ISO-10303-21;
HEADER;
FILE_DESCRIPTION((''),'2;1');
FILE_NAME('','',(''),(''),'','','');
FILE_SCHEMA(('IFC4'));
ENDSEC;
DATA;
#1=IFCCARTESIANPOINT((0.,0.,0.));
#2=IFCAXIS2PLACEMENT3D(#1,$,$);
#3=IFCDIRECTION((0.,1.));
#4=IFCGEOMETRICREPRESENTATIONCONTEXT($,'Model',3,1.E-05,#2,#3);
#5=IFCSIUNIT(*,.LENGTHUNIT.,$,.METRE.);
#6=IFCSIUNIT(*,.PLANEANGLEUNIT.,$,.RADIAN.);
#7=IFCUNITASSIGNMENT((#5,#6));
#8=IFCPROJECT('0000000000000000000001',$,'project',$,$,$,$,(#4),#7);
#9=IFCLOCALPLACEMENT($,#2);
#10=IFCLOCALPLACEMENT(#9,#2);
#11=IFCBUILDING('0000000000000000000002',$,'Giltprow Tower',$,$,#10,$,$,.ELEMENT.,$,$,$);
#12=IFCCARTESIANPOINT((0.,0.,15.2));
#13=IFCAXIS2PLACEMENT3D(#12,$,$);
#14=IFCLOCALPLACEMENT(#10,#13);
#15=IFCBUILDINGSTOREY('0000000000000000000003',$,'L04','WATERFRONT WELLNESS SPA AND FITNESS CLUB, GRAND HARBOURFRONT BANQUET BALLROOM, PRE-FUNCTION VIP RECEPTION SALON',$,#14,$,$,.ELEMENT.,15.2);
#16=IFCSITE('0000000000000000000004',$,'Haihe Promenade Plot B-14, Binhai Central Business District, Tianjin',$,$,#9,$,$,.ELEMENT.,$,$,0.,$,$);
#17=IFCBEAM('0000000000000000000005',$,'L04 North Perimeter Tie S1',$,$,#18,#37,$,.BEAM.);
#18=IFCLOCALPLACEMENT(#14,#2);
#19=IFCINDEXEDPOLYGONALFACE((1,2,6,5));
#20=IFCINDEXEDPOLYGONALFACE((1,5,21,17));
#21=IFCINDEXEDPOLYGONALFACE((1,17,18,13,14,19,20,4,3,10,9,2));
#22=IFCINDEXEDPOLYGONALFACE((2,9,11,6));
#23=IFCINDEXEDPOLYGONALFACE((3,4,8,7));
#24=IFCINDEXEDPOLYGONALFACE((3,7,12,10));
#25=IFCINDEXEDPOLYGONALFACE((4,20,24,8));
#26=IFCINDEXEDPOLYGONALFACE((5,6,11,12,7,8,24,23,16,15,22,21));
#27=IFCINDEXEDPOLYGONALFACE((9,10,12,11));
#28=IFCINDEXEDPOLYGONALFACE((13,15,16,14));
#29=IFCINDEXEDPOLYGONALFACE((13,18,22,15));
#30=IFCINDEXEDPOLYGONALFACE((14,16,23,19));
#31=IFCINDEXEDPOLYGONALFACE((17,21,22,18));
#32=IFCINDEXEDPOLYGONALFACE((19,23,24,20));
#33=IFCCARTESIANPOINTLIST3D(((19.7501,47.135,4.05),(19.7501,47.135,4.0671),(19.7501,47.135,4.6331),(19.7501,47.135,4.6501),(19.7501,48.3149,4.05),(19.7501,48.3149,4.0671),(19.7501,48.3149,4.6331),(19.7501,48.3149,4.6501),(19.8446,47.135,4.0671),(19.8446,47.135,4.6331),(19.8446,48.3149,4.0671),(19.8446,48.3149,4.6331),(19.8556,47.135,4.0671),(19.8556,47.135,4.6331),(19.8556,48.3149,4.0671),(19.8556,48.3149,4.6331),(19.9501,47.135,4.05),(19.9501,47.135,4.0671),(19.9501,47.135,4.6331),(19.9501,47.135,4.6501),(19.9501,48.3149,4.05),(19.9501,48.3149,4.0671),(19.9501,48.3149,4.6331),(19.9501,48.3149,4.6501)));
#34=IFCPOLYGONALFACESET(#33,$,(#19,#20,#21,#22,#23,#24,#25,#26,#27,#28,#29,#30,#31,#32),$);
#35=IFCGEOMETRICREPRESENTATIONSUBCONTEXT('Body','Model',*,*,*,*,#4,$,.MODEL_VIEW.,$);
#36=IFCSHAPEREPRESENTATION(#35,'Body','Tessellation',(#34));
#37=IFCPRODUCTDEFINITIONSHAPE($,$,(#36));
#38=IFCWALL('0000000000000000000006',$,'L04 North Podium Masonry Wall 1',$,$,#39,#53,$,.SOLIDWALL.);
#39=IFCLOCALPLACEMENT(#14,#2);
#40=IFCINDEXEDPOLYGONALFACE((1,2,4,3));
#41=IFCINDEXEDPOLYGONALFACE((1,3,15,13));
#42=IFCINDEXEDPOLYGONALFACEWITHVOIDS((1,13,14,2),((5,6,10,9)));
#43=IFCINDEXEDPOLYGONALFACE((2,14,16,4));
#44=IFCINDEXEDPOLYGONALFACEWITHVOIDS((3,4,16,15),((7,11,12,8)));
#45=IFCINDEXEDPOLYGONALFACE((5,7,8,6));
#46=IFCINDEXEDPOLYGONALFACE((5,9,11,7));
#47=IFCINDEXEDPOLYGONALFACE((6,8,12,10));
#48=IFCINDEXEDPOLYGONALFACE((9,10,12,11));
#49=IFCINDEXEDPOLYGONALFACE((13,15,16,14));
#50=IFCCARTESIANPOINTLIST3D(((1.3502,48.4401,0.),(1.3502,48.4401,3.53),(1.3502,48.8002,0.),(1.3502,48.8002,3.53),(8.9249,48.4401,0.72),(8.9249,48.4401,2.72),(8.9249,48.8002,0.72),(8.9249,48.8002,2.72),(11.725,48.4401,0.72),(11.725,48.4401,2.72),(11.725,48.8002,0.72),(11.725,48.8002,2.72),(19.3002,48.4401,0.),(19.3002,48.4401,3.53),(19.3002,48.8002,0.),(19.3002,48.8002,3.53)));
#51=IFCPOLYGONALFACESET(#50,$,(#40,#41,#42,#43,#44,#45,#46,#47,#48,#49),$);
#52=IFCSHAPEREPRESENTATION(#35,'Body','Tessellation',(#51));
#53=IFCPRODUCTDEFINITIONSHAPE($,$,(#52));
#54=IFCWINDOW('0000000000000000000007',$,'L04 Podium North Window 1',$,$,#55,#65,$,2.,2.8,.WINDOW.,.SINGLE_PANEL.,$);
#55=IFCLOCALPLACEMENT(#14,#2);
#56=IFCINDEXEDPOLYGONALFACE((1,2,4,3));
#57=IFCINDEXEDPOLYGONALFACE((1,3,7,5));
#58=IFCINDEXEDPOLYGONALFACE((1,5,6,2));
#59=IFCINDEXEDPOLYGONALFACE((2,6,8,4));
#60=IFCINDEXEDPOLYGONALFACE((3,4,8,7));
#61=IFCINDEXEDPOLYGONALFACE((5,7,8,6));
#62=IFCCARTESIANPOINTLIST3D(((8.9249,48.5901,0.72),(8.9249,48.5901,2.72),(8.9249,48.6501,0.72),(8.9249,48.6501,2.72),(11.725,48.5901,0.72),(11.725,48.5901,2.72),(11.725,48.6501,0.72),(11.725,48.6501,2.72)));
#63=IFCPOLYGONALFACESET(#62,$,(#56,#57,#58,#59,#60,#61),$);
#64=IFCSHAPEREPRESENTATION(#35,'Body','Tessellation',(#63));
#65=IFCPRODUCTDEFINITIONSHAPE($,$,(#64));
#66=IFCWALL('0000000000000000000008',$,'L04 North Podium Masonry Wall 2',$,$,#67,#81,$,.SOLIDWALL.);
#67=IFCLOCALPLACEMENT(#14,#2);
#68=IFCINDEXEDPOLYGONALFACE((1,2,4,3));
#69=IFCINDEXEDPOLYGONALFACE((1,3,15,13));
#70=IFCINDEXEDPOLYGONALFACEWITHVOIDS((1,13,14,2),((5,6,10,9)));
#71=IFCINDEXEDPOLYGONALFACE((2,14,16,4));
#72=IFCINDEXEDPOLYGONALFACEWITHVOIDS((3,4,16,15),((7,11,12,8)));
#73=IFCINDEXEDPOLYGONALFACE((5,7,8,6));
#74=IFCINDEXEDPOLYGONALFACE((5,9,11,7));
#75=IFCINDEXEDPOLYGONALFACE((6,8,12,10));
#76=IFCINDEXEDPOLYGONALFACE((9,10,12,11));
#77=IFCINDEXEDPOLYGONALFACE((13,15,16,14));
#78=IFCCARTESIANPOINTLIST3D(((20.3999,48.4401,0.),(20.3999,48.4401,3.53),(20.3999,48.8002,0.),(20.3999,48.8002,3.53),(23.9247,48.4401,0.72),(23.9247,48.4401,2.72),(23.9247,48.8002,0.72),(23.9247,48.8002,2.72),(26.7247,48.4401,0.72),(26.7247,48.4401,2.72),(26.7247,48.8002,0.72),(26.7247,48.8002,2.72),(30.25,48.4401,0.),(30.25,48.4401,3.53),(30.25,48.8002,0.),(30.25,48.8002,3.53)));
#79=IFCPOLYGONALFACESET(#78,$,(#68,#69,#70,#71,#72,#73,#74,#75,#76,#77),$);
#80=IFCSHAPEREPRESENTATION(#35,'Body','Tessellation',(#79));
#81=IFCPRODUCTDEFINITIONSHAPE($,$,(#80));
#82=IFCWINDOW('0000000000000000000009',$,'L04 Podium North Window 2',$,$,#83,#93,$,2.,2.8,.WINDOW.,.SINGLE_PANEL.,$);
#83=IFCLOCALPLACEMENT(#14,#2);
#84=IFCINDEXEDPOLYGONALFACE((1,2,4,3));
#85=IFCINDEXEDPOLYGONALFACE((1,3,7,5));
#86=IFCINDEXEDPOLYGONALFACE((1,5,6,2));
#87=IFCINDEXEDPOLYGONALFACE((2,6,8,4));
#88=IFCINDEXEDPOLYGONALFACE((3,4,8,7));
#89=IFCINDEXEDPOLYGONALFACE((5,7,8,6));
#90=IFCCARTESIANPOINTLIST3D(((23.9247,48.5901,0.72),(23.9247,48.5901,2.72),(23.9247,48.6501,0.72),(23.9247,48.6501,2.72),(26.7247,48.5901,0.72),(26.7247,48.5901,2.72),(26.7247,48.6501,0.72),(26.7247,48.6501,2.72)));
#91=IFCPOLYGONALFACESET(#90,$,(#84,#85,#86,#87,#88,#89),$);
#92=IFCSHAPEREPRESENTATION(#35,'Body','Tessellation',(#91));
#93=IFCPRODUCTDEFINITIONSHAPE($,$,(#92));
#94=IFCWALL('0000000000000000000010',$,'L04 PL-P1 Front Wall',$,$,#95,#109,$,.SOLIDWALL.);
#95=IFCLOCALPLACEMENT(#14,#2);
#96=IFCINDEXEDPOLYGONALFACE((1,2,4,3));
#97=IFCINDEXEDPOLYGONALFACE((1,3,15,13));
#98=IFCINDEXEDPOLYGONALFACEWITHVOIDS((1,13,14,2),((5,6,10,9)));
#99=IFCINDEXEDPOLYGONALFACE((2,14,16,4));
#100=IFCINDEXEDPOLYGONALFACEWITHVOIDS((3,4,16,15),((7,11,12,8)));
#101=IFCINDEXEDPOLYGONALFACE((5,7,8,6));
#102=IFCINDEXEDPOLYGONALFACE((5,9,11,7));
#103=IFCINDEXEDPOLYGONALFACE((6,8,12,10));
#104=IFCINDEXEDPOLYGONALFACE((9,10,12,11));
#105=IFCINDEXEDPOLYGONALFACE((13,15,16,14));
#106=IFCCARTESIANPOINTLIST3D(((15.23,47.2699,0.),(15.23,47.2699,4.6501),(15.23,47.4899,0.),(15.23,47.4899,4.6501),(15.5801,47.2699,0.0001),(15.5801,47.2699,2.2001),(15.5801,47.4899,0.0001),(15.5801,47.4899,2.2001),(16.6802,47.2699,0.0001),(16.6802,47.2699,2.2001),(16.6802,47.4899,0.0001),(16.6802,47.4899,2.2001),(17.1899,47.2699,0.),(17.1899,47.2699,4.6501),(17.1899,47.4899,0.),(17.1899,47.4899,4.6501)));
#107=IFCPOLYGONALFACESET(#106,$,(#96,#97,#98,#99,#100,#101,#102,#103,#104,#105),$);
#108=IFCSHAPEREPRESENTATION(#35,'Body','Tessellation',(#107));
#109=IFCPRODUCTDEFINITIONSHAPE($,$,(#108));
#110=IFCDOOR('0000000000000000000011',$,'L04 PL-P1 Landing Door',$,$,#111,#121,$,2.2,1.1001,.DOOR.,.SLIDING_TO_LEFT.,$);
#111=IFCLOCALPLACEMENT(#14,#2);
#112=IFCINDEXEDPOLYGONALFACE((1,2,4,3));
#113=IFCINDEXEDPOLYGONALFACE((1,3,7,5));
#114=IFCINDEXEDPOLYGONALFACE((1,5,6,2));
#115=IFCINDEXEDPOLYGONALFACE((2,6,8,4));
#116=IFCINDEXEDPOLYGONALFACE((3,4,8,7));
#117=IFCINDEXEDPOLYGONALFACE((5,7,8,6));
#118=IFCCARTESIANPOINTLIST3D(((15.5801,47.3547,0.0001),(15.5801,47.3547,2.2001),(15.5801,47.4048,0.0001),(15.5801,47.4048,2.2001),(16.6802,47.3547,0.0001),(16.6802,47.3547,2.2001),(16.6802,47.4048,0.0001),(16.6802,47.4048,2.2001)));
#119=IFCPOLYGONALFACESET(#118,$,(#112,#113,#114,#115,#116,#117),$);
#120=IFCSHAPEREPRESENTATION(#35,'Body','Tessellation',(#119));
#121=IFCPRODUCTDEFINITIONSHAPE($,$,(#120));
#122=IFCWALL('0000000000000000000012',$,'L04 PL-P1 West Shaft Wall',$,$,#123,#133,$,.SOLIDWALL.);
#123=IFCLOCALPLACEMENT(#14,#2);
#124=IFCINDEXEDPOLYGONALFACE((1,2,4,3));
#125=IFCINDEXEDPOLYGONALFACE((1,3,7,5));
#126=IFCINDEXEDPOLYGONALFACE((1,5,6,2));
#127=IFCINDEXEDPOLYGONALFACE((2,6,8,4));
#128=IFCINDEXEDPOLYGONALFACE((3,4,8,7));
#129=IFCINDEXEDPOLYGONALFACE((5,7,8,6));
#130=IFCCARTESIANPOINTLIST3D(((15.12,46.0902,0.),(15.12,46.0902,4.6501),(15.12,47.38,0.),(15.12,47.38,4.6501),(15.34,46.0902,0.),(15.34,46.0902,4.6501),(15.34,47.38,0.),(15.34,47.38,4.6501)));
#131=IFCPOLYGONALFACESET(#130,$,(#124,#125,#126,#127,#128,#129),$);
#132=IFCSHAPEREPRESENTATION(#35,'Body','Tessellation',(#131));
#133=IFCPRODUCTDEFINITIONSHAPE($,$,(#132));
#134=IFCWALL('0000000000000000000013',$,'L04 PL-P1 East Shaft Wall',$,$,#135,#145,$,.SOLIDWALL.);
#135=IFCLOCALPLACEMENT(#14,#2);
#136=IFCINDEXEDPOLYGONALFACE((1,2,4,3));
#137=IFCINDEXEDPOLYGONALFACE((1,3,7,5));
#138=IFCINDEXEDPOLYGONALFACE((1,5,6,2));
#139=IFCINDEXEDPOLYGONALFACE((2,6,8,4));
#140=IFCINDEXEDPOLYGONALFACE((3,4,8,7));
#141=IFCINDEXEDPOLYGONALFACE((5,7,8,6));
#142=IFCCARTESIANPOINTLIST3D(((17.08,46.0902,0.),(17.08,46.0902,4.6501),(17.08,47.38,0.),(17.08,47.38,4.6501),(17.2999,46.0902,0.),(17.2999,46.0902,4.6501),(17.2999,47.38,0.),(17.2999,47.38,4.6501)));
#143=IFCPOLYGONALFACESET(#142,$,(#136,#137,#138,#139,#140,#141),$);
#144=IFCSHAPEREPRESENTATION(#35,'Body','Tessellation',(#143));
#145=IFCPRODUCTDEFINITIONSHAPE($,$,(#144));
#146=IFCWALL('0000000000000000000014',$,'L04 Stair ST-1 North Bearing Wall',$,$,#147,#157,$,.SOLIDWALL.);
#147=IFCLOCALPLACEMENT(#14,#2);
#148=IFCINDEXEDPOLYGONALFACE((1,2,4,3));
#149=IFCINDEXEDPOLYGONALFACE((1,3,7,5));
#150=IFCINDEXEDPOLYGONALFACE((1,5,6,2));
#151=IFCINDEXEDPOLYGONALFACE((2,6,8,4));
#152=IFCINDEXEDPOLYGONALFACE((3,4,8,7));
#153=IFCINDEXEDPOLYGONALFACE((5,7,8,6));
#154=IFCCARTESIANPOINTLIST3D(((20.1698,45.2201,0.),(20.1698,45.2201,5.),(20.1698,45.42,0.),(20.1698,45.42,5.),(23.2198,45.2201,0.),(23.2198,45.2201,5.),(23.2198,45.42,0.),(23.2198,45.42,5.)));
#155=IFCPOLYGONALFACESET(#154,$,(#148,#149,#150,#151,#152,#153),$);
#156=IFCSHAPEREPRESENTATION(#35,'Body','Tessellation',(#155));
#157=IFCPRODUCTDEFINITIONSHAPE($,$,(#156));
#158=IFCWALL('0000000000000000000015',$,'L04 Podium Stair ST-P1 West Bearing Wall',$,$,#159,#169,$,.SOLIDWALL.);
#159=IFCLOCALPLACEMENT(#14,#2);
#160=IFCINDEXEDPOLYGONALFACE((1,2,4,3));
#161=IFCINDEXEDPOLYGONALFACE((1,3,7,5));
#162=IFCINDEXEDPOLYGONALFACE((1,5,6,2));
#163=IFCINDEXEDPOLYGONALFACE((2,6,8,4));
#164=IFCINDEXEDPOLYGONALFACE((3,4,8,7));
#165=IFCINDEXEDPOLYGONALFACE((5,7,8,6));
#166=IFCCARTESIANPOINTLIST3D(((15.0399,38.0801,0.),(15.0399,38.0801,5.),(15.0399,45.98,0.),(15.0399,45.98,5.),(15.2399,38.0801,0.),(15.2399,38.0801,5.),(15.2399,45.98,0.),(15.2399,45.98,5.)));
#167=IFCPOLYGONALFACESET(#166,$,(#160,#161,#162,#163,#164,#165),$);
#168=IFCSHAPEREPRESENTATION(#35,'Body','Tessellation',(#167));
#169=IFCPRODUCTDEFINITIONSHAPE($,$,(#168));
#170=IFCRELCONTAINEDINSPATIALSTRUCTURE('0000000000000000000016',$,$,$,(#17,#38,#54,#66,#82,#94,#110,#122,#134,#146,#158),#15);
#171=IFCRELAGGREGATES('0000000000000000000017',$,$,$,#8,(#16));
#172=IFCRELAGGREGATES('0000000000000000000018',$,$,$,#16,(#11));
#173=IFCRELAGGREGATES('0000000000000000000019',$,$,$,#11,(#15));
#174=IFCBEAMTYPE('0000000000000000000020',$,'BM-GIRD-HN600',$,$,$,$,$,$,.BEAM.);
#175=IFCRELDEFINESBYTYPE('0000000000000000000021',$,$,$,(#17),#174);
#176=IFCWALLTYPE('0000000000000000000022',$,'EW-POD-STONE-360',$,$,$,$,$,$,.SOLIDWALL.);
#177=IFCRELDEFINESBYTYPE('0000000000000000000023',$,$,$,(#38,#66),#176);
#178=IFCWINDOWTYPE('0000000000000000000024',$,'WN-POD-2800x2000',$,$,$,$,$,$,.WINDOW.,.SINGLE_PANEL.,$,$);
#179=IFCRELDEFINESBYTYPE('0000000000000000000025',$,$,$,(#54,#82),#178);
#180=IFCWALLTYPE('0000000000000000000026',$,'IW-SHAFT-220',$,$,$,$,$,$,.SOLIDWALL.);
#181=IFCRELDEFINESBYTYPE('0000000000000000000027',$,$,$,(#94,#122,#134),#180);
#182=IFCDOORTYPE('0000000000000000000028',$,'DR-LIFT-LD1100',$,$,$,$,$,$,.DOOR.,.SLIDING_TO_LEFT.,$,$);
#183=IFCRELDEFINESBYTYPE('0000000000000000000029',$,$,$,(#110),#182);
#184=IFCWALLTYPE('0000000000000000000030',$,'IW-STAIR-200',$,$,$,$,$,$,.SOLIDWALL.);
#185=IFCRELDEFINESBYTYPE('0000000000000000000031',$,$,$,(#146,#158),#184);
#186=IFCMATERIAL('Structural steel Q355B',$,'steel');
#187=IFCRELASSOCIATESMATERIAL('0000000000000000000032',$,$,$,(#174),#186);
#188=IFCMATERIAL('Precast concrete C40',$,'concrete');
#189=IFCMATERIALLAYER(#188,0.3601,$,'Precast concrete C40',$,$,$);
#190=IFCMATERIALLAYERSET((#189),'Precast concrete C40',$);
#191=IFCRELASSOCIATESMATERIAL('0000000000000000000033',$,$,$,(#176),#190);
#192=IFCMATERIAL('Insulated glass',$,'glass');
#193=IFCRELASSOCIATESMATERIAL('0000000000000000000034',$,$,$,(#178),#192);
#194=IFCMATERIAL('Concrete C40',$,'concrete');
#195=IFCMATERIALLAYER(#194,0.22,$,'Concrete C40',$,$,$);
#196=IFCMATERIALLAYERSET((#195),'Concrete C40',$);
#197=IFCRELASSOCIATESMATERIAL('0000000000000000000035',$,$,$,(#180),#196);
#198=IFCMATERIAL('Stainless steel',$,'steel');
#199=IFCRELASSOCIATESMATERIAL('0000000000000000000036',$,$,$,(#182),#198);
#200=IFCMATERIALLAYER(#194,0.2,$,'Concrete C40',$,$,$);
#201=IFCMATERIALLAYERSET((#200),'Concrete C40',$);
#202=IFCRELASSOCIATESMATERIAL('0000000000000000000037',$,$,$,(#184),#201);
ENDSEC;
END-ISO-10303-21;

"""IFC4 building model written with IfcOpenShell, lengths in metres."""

from ifc_helpers import new_model, si_unit, direction, frame, frame_2d, origin, origin_2d, place, context, subcontext, project, spatial, rectangle, i_section, extrude, source, transform, mapped, material, layer, layer_set, material_profile, profile_set, type_object, element, fill, save


model = new_model("IFC4")

# Units and contexts
model_context = context("Model", 3, precision=1e-05, world=origin(), true_north=direction((0.0, 1.0)))
body_context = subcontext(model_context, "Body", "Model", "MODEL_VIEW")
ifc_project = project(units=[si_unit("LENGTHUNIT", "METRE"), si_unit("PLANEANGLEUNIT", "RADIAN")], contexts=[model_context])

# Site, building, storey
site_placement = place(None, origin())
site = spatial("IfcSite", under=ifc_project, at=site_placement, Name="Haihe Promenade Plot B-14, Binhai Central Business District, Tianjin", CompositionType="ELEMENT", RefElevation=0.0)
building_placement = place(site_placement, origin())
building = spatial("IfcBuilding", under=site, at=building_placement, Name="Giltprow Tower", CompositionType="ELEMENT")
storey_placement = place(building_placement, frame((0.0, 0.0, 15.2)))
storey = spatial("IfcBuildingStorey", under=building, at=storey_placement, Name="L04", Description="WATERFRONT WELLNESS SPA AND FITNESS CLUB, GRAND HARBOURFRONT BANQUET BALLROOM, PRE-FUNCTION VIP RECEPTION SALON", CompositionType="ELEMENT", Elevation=15.2)

# Beam
ifc_material_1 = material(Name="Structural steel Q355B", Category="steel")
ifc_material_profile_1 = material_profile(ifc_material_1, i_section(OverallWidth=0.2, OverallDepth=0.6001, WebThickness=0.011, FlangeThickness=0.0171, at=origin_2d()), Name="HN 600x200x11x17")
ifc_profile_set_1 = profile_set([ifc_material_profile_1], Name="Structural steel Q355B")
beam_type_1 = type_object("IfcBeamType", Name="BM-GIRD-HN600", PredefinedType="BEAM", material=ifc_profile_set_1)
shared_shape_1 = source(origin(), body_context, "Body", "SweptSolid", [
    extrude(i_section(OverallWidth=0.2, OverallDepth=0.6001, WebThickness=0.011, FlangeThickness=0.0171, at=origin_2d()), origin(), (0.0, 0.0, 1.0), 1.1799),
])
beam_1_placement = place(storey_placement, frame((19.8501, 47.135, 4.3501), z_axis=(0.0, 1.0, 0.0), x_axis=(-1.0, 0.0, 0.0)))
element("IfcBeam", 1, at=beam_1_placement, inside=storey, type_object=beam_type_1, Name="L04 North Perimeter Tie S1", PredefinedType="BEAM", context=body_context, shape_type="MappedRepresentation", body=[
    mapped(shared_shape_1, transform((0.0, 0.0, 0.0), x_axis=(1.0, 0.0, 0.0), y_axis=(0.0, 1.0, 0.0), z_axis=(0.0, 0.0, 1.0), scale=1.0)),
])

# Walls, openings, windows
ifc_material_2 = material(Name="Precast concrete C40", Category="concrete")
ifc_layer_1 = layer(ifc_material_2, 0.3601, Name="Precast concrete C40")
ifc_layer_set_1 = layer_set([ifc_layer_1], Name="Precast concrete C40")
wall_type_1 = type_object("IfcWallType", Name="EW-POD-STONE-360", PredefinedType="SOLIDWALL", material=ifc_layer_set_1)
wall_1_placement = place(storey_placement, frame((1.3501, 48.6201, 0.0), z_axis=(0.0, 0.0, 1.0), x_axis=(1.0, 0.0, 0.0)))
wall_1 = element("IfcWall", 2, at=wall_1_placement, inside=storey, type_object=wall_type_1, Name="L04 North Podium Masonry Wall 1", PredefinedType="SOLIDWALL", context=body_context, shape_type="SweptSolid", body=[
    extrude(rectangle(XDim=17.95, YDim=0.3601, at=frame_2d((8.9751, 0.0))), origin(), (0.0, 0.0, 1.0), 3.53),
])
opening_1_placement = place(wall_1_placement, frame((7.575, 0.0, 0.72)))
opening_1 = element("IfcOpeningElement", 3, at=opening_1_placement, cuts=wall_1, PredefinedType="OPENING", context=body_context, shape_type="SweptSolid", body=[
    extrude(rectangle(XDim=2.8, YDim=2.0, at=frame_2d((1.3999, 1.0))), frame((0.0, 0.1899, 0.0), z_axis=(0.0, -1.0, 0.0), x_axis=(1.0, 0.0, 0.0)), (0.0, 0.0, 1.0), 0.3801),
])
ifc_material_3 = material(Name="Insulated glass", Category="glass")
window_type = type_object("IfcWindowType", Name="WN-POD-2800x2000", PartitioningType="SINGLE_PANEL", PredefinedType="WINDOW", material=ifc_material_3)
shared_shape_2 = source(origin(), body_context, "Body", "SweptSolid", [
    extrude(rectangle(XDim=2.8, YDim=2.0, at=frame_2d((1.3999, 1.0))), frame((0.0, 0.03, 0.0), z_axis=(0.0, -1.0, 0.0), x_axis=(1.0, 0.0, 0.0)), (0.0, 0.0, 1.0), 0.0601),
])
window_1_placement = place(opening_1_placement, origin())
window_1 = element("IfcWindow", 4, at=window_1_placement, inside=storey, type_object=window_type, Name="L04 Podium North Window 1", OverallHeight=2.0, OverallWidth=2.8, PartitioningType="SINGLE_PANEL", PredefinedType="WINDOW", context=body_context, shape_type="MappedRepresentation", body=[
    mapped(shared_shape_2, transform((0.0, 0.0, 0.0), x_axis=(1.0, 0.0, 0.0), y_axis=(0.0, 1.0, 0.0), z_axis=(0.0, 0.0, 1.0), scale=1.0)),
])
fill(opening_1, window_1)
wall_2_placement = place(storey_placement, frame((20.3999, 48.6201, 0.0), z_axis=(0.0, 0.0, 1.0), x_axis=(1.0, 0.0, 0.0)))
wall_2 = element("IfcWall", 5, at=wall_2_placement, inside=storey, type_object=wall_type_1, Name="L04 North Podium Masonry Wall 2", PredefinedType="SOLIDWALL", context=body_context, shape_type="SweptSolid", body=[
    extrude(rectangle(XDim=9.8501, YDim=0.3601, at=frame_2d((4.925, 0.0))), origin(), (0.0, 0.0, 1.0), 3.53),
])
opening_2_placement = place(wall_2_placement, frame((3.5249, 0.0, 0.72)))
opening_2 = element("IfcOpeningElement", 6, at=opening_2_placement, cuts=wall_2, PredefinedType="OPENING", context=body_context, shape_type="SweptSolid", body=[
    extrude(rectangle(XDim=2.8, YDim=2.0, at=frame_2d((1.3999, 1.0))), frame((0.0, 0.1899, 0.0), z_axis=(0.0, -1.0, 0.0), x_axis=(1.0, 0.0, 0.0)), (0.0, 0.0, 1.0), 0.3801),
])
window_2_placement = place(opening_2_placement, origin())
window_2 = element("IfcWindow", 7, at=window_2_placement, inside=storey, type_object=window_type, Name="L04 Podium North Window 2", OverallHeight=2.0, OverallWidth=2.8, PartitioningType="SINGLE_PANEL", PredefinedType="WINDOW", context=body_context, shape_type="MappedRepresentation", body=[
    mapped(shared_shape_2, transform((0.0, 0.0, 0.0), x_axis=(1.0, 0.0, 0.0), y_axis=(0.0, 1.0, 0.0), z_axis=(0.0, 0.0, 1.0), scale=1.0)),
])
fill(opening_2, window_2)

# Wall, opening, door
ifc_material_4 = material(Name="Concrete C40", Category="concrete")
ifc_layer_2 = layer(ifc_material_4, 0.22, Name="Concrete C40")
ifc_layer_set_2 = layer_set([ifc_layer_2], Name="Concrete C40")
wall_type_2 = type_object("IfcWallType", Name="IW-SHAFT-220", PredefinedType="SOLIDWALL", material=ifc_layer_set_2)
wall_3_placement = place(storey_placement, frame((15.23, 47.3799, 0.0), z_axis=(0.0, 0.0, 1.0), x_axis=(1.0, 0.0, 0.0)))
wall_3 = element("IfcWall", 8, at=wall_3_placement, inside=storey, type_object=wall_type_2, Name="L04 PL-P1 Front Wall", PredefinedType="SOLIDWALL", context=body_context, shape_type="SweptSolid", body=[
    extrude(rectangle(XDim=1.96, YDim=0.22, at=frame_2d((0.98, 0.0))), origin(), (0.0, 0.0, 1.0), 4.6501),
])
opening_3_placement = place(wall_3_placement, frame((0.3501, 0.0, 0.0)))
opening_3 = element("IfcOpeningElement", 9, at=opening_3_placement, cuts=wall_3, PredefinedType="OPENING", context=body_context, shape_type="SweptSolid", body=[
    extrude(rectangle(XDim=1.1001, YDim=2.2, at=frame_2d((0.55, 1.1001))), frame((0.0, 0.1199, 0.0), z_axis=(0.0, -1.0, 0.0), x_axis=(1.0, 0.0, 0.0)), (0.0, 0.0, 1.0), 0.24),
])
ifc_material_5 = material(Name="Stainless steel", Category="steel")
door_type_1 = type_object("IfcDoorType", Name="DR-LIFT-LD1100", OperationType="SLIDING_TO_LEFT", PredefinedType="DOOR", material=ifc_material_5)
shared_shape_3 = source(origin(), body_context, "Body", "SweptSolid", [
    extrude(rectangle(XDim=1.1001, YDim=2.2, at=frame_2d((0.55, 1.1001))), frame((0.0, 0.0249, 0.0), z_axis=(0.0, -1.0, 0.0), x_axis=(1.0, 0.0, 0.0)), (0.0, 0.0, 1.0), 0.05),
])
door_1_placement = place(opening_3_placement, origin())
door_1 = element("IfcDoor", 10, at=door_1_placement, inside=storey, type_object=door_type_1, Name="L04 PL-P1 Landing Door", OperationType="SLIDING_TO_LEFT", OverallHeight=2.2, OverallWidth=1.1001, PredefinedType="DOOR", context=body_context, shape_type="MappedRepresentation", body=[
    mapped(shared_shape_3, transform((0.0, 0.0, 0.0), x_axis=(1.0, 0.0, 0.0), y_axis=(0.0, 1.0, 0.0), z_axis=(0.0, 0.0, 1.0), scale=1.0)),
])
fill(opening_3, door_1)

# Walls
for number, where, z_axis, x_axis, name in (
    (11, (15.23, 46.0901, 0.0), (0.0, 0.0, 1.0), (0.0, 1.0, 0.0), "L04 PL-P1 West Shaft Wall"),
    (12, (17.1899, 46.0901, 0.0), (0.0, 0.0, 1.0), (0.0, 1.0, 0.0), "L04 PL-P1 East Shaft Wall"),
):
    element("IfcWall", number, at=place(storey_placement, frame(where, z_axis=z_axis, x_axis=x_axis)), inside=storey, type_object=wall_type_2, Name=name, PredefinedType="SOLIDWALL", context=body_context, shape_type="SweptSolid", body=[
        extrude(rectangle(XDim=1.2898, YDim=0.22, at=frame_2d((0.645, 0.0))), origin(), (0.0, 0.0, 1.0), 4.6501),
    ])
ifc_layer_3 = layer(ifc_material_4, 0.2, Name="Concrete C40")
ifc_layer_set_3 = layer_set([ifc_layer_3], Name="Concrete C40")
wall_type_3 = type_object("IfcWallType", Name="IW-STAIR-200", PredefinedType="SOLIDWALL", material=ifc_layer_set_3)
wall_4_placement = place(storey_placement, frame((20.1699, 45.3201, 0.0), z_axis=(0.0, 0.0, 1.0), x_axis=(1.0, 0.0, 0.0)))
element("IfcWall", 13, at=wall_4_placement, inside=storey, type_object=wall_type_3, Name="L04 Stair ST-1 North Bearing Wall", PredefinedType="SOLIDWALL", context=body_context, shape_type="SweptSolid", body=[
    extrude(rectangle(XDim=3.05, YDim=0.2, at=frame_2d((1.5249, 0.0))), origin(), (0.0, 0.0, 1.0), 5.0),
])
for number, where, z_axis, x_axis, name in (
    (14, (15.1399, 38.0801, 0.0), (0.0, 0.0, 1.0), (0.0, 1.0, 0.0), "L04 Podium Stair ST-P1 West Bearing Wall"),
):
    element("IfcWall", number, at=place(storey_placement, frame(where, z_axis=z_axis, x_axis=x_axis)), inside=storey, type_object=wall_type_3, Name=name, PredefinedType="SOLIDWALL", context=body_context, shape_type="SweptSolid", body=[
        extrude(rectangle(XDim=7.8999, YDim=0.2, at=frame_2d((3.95, 0.0))), origin(), (0.0, 0.0, 1.0), 5.0),
    ])

save(model, "model.ifc")
